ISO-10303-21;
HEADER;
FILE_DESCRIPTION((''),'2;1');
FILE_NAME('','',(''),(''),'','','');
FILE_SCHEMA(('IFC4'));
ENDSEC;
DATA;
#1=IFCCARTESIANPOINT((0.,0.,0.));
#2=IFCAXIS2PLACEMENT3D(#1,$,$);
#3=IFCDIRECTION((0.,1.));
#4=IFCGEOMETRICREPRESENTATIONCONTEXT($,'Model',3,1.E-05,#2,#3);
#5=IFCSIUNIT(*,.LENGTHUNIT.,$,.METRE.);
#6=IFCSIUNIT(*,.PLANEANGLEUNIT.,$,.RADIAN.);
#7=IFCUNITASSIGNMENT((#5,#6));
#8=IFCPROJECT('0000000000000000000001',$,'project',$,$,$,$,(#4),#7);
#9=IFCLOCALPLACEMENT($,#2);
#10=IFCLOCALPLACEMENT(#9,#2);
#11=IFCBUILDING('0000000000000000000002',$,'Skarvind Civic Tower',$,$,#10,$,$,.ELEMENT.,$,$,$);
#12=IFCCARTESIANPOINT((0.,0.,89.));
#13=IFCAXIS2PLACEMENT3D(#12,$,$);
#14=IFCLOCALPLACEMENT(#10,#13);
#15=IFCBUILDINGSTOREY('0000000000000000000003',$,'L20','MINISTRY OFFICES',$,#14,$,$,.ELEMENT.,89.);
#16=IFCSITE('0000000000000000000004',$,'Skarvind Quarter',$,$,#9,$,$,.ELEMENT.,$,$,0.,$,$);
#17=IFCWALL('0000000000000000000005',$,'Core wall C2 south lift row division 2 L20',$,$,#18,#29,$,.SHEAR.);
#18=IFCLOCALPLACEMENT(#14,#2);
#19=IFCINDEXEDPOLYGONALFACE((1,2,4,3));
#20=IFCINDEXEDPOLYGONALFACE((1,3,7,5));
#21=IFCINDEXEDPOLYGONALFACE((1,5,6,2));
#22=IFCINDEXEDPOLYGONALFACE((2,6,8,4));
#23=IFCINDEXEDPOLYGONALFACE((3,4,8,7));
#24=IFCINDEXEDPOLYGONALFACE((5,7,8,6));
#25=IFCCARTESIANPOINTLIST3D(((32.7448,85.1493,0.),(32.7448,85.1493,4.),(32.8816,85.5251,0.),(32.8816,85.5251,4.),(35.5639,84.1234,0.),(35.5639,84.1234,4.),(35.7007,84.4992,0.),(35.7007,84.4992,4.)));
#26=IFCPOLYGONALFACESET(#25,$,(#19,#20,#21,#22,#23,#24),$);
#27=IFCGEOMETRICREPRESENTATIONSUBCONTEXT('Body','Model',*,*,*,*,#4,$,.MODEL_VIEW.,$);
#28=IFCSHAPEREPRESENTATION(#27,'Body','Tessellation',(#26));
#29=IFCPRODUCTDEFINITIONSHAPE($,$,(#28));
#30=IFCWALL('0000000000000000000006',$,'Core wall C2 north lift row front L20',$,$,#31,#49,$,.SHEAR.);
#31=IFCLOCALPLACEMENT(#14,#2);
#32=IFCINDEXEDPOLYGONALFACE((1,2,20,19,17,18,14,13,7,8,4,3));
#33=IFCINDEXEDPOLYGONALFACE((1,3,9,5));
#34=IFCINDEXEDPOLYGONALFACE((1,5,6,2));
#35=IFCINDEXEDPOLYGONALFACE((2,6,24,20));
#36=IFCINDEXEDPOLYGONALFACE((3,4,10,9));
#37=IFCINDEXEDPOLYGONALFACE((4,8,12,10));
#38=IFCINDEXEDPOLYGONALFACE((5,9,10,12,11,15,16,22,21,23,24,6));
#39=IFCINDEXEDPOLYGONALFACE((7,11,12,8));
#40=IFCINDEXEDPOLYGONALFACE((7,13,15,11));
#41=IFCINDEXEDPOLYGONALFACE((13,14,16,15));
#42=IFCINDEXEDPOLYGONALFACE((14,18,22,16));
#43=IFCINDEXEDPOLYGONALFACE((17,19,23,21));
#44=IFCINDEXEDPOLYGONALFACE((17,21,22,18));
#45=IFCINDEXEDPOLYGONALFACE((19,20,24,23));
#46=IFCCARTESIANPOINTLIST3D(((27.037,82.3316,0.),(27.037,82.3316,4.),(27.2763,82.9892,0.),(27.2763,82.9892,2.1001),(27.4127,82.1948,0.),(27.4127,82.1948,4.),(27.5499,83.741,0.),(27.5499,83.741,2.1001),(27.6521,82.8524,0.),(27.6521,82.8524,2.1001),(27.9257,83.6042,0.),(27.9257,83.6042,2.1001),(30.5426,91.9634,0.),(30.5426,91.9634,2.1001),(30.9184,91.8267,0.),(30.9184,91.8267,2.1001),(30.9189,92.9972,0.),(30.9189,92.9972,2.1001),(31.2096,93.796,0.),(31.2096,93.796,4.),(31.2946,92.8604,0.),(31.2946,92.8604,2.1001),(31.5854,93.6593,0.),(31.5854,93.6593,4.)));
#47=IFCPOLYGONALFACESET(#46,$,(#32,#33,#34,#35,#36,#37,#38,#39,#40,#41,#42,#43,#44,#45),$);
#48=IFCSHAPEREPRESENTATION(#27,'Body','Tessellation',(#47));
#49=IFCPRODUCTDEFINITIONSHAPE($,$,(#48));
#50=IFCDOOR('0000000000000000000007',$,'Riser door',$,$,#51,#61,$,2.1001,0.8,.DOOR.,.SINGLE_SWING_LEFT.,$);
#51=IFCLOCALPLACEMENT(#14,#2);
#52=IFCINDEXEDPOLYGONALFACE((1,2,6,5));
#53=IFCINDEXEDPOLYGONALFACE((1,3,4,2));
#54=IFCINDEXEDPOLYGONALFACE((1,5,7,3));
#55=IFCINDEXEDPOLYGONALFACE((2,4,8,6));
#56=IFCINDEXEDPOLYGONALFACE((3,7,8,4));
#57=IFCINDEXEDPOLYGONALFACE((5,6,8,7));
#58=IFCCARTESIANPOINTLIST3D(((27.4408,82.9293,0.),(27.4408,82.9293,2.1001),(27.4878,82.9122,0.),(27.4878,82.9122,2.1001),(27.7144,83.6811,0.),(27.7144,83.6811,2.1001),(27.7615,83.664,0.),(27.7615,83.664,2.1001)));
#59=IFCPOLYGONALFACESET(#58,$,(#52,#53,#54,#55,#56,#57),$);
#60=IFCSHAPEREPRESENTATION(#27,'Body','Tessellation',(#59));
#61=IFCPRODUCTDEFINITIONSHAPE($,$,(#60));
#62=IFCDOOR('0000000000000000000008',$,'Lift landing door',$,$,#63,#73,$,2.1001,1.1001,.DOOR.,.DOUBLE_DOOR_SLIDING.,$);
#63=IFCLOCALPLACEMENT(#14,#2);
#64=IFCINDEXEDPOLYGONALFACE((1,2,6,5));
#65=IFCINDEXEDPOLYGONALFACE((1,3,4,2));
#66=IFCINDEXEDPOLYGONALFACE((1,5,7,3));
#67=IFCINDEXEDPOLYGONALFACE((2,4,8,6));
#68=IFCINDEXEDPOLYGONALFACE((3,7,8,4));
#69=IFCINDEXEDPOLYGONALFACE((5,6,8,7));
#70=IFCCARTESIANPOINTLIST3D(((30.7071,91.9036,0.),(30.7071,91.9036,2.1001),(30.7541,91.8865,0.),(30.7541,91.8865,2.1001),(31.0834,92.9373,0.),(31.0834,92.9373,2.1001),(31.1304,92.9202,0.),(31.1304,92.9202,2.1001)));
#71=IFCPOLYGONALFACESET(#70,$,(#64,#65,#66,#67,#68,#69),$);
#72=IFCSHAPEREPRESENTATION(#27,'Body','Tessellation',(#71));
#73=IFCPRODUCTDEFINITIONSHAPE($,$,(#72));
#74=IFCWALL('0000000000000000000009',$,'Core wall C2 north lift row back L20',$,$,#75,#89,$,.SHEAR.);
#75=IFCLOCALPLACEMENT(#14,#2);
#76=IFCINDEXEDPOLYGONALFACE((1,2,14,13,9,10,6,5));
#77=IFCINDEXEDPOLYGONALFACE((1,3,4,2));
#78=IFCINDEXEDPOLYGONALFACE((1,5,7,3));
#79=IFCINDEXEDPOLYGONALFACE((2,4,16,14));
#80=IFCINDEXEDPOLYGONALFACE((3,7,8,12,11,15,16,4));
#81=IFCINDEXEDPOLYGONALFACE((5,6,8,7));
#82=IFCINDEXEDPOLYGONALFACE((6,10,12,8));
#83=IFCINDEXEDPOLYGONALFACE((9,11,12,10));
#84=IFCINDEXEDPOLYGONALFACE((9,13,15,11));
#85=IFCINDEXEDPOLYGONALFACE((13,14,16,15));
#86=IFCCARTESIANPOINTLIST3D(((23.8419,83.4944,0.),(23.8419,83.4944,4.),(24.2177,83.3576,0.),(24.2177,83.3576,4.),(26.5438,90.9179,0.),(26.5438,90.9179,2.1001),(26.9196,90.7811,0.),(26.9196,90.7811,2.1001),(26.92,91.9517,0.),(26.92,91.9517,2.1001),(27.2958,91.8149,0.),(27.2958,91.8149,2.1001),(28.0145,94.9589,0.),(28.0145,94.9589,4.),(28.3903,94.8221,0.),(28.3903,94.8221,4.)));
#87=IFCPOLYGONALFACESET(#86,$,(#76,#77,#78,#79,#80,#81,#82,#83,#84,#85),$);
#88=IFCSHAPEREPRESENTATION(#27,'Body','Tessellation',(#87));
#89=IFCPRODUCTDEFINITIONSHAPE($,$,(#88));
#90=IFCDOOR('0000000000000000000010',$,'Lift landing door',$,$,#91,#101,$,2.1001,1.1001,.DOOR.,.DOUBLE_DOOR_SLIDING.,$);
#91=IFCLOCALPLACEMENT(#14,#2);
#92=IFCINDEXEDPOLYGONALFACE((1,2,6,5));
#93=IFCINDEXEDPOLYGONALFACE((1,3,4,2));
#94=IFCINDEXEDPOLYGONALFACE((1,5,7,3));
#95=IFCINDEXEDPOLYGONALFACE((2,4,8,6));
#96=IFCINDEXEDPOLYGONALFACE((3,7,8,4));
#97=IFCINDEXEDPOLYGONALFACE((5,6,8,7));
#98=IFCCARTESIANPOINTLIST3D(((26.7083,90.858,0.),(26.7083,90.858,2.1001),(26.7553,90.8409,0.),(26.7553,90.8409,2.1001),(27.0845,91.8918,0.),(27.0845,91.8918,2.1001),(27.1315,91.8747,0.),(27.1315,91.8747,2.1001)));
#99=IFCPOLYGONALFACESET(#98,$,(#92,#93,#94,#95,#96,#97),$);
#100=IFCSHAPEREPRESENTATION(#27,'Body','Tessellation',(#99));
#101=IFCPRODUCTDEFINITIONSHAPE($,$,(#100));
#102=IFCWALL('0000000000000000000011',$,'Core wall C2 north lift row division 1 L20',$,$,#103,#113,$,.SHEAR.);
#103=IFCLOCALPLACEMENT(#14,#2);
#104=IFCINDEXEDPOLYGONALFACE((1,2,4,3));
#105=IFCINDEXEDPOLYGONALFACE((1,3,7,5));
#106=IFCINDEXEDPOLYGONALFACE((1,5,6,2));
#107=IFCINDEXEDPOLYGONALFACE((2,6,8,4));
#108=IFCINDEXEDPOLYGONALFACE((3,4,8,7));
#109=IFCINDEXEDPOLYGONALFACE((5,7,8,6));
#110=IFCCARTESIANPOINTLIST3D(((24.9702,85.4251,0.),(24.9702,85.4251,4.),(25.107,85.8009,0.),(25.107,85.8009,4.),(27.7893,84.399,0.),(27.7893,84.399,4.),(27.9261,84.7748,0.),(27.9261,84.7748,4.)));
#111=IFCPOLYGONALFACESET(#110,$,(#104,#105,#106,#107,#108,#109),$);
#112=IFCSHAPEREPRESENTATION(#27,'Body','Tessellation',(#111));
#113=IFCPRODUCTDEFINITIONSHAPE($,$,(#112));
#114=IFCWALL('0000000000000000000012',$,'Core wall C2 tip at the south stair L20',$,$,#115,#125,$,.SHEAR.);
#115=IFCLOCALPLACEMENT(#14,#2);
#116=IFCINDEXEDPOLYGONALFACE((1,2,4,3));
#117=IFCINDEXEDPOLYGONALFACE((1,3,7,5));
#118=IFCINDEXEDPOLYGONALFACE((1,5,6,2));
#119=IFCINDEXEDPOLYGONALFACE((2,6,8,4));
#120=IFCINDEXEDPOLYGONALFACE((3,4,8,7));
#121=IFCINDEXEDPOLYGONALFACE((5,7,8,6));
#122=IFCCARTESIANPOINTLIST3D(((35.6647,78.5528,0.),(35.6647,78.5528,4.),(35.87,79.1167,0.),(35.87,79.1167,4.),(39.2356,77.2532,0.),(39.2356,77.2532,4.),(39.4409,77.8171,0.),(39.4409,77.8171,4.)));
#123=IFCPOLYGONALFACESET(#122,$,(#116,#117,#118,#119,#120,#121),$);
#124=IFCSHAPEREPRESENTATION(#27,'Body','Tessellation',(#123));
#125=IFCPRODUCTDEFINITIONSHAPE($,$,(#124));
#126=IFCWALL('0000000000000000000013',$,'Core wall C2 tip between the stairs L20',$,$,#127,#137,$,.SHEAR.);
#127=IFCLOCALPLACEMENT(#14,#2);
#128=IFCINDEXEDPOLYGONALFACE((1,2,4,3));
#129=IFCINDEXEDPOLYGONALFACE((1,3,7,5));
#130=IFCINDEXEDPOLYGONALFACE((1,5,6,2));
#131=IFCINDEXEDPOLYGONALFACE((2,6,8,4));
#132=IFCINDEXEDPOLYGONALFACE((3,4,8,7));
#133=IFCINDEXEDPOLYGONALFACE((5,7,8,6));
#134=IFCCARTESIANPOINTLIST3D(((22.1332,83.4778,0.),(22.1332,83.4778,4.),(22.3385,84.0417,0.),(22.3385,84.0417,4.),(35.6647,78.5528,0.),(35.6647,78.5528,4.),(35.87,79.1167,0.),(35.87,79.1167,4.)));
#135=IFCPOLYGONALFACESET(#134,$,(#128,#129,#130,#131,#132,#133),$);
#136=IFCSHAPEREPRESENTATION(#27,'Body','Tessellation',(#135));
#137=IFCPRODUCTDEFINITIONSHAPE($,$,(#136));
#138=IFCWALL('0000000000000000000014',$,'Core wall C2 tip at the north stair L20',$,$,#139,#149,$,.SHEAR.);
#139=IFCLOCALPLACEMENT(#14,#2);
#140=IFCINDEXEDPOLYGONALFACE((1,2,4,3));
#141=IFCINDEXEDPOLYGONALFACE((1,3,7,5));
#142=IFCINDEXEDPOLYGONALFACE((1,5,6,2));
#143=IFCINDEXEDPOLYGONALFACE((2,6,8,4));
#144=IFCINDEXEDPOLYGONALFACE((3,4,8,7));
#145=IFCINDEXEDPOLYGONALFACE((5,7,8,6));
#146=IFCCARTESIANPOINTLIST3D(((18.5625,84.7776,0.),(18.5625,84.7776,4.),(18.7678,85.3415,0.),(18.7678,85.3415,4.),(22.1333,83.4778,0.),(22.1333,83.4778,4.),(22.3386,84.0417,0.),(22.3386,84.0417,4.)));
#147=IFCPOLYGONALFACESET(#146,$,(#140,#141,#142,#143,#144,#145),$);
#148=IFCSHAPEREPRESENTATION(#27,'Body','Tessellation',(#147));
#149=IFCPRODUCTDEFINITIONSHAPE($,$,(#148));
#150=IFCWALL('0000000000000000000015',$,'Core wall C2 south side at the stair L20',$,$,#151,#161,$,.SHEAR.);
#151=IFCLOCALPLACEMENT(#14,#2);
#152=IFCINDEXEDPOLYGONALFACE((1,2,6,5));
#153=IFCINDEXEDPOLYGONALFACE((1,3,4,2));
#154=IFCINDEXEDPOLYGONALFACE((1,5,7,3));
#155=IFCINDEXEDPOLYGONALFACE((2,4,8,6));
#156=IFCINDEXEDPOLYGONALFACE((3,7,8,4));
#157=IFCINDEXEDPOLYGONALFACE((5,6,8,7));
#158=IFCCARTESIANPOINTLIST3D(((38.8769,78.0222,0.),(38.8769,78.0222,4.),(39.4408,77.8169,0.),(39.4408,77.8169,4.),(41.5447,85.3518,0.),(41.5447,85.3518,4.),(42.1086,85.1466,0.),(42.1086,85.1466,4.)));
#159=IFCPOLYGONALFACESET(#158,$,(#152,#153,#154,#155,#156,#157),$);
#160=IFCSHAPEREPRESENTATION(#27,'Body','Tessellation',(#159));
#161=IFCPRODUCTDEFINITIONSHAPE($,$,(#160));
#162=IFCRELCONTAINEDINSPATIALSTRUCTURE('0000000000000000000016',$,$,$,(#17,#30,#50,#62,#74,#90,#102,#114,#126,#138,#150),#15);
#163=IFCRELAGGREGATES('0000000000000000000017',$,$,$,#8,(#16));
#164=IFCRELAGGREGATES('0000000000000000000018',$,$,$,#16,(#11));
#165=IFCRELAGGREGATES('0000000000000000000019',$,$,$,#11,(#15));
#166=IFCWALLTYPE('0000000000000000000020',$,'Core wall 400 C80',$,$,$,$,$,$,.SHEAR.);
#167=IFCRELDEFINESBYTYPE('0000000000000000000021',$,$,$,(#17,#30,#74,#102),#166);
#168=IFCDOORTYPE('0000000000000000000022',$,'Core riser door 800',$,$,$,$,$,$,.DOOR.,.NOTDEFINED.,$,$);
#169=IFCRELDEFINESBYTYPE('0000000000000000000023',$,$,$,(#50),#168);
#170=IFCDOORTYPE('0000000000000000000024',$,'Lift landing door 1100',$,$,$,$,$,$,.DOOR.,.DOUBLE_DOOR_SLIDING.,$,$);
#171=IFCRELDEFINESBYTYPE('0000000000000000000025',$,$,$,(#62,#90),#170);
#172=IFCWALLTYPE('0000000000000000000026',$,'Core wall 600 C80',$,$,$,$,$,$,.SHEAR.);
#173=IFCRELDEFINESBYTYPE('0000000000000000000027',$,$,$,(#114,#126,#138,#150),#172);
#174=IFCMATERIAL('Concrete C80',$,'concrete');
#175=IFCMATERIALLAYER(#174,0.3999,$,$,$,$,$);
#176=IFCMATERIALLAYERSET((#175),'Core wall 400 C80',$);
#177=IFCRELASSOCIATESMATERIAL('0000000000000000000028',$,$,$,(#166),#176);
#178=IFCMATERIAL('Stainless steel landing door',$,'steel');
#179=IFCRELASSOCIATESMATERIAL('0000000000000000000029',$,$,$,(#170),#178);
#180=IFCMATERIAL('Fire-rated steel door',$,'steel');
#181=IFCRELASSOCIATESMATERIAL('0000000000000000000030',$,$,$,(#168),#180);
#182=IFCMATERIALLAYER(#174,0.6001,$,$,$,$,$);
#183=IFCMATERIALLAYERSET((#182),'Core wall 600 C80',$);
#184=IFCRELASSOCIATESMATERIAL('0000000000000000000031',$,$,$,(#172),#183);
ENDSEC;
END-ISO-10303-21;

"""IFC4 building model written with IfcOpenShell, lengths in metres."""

from ifc_helpers import new_model, si_unit, direction, frame, frame_2d, origin, place, context, subcontext, project, spatial, rectangle, extrude, material, layer, layer_set, type_object, element, fill, save


model = new_model("IFC4")

# Units and contexts
model_context = context("Model", 3, precision=1e-05, world=origin(), true_north=direction((0.0, 1.0)))
body_context = subcontext(model_context, "Body", "Model", "MODEL_VIEW")
ifc_project = project(units=[si_unit("LENGTHUNIT", "METRE"), si_unit("PLANEANGLEUNIT", "RADIAN")], contexts=[model_context])

# Site, building, storey
site_placement = place(None, origin())
site = spatial("IfcSite", under=ifc_project, at=site_placement, Name="Skarvind Quarter", CompositionType="ELEMENT", RefElevation=0.0)
building_placement = place(site_placement, origin())
building = spatial("IfcBuilding", under=site, at=building_placement, Name="Skarvind Civic Tower", CompositionType="ELEMENT")
storey_placement = place(building_placement, frame((0.0, 0.0, 89.0)))
storey = spatial("IfcBuildingStorey", under=building, at=storey_placement, Name="L20", Description="MINISTRY OFFICES", CompositionType="ELEMENT", Elevation=89.0)

# Shared definitions
ifc_material_1 = material(Name="Concrete C80", Category="concrete")
ifc_layer_1 = layer(ifc_material_1, 0.3999)
ifc_layer_set_1 = layer_set([ifc_layer_1], Name="Core wall 400 C80")
wall_type_1 = type_object("IfcWallType", Name="Core wall 400 C80", PredefinedType="SHEAR", material=ifc_layer_set_1)

# Shared definitions
ifc_material_2 = material(Name="Fire-rated steel door", Category="steel")

# Shared definitions
ifc_material_3 = material(Name="Stainless steel landing door", Category="steel")
door_type_1 = type_object("IfcDoorType", Name="Lift landing door 1100", OperationType="DOUBLE_DOOR_SLIDING", PredefinedType="DOOR", material=ifc_material_3)

# Wall
for number, where, z_axis, x_axis, name in (
    (1, (35.6323, 84.3113, 0.0), (0.0, 0.0, 1.0), (-0.939713, 0.341965, 0.0), "Core wall C2 south lift row division 2 L20"),
):
    element("IfcWall", number, at=place(storey_placement, frame(where, z_axis=z_axis, x_axis=x_axis)), inside=storey, type_object=wall_type_1, Name=name, PredefinedType="SHEAR", context=body_context, shape_type="SweptSolid", body=[
        extrude(rectangle(XDim=3.0, YDim=0.3999, at=frame_2d((1.5, 0.0))), origin(), (0.0, 0.0, 1.0), 4.0),
    ])

# Wall, openings, doors
wall_1_placement = place(storey_placement, frame((27.2249, 82.2632, 0.0), z_axis=(0.0, 0.0, 1.0), x_axis=(0.342015, 0.939695, 0.0)))
wall_1 = element("IfcWall", 2, at=wall_1_placement, inside=storey, type_object=wall_type_1, Name="Core wall C2 north lift row front L20", PredefinedType="SHEAR", context=body_context, shape_type="SweptSolid", body=[
    extrude(rectangle(XDim=12.2002, YDim=0.3999, at=frame_2d((6.1001, 0.0))), origin(), (0.0, 0.0, 1.0), 4.0),
])
opening_1_placement = place(wall_1_placement, frame((10.25, 0.0, 0.0)))
opening_1 = element("IfcOpeningElement", 3, at=opening_1_placement, cuts=wall_1, PredefinedType="OPENING", context=body_context, shape_type="SweptSolid", body=[
    extrude(rectangle(XDim=1.1001, YDim=2.1001, at=frame_2d((0.55, 1.05))), frame((0.0, 0.21, 0.0), z_axis=(0.0, -1.0, 0.0), x_axis=(1.0, 0.0, 0.0)), (0.0, 0.0, 1.0), 0.4199),
])
opening_2_placement = place(wall_1_placement, frame((0.7, 0.0, 0.0)))
opening_2 = element("IfcOpeningElement", 4, at=opening_2_placement, cuts=wall_1, PredefinedType="OPENING", context=body_context, shape_type="SweptSolid", body=[
    extrude(rectangle(XDim=0.8, YDim=2.1001, at=frame_2d((0.3999, 1.05))), frame((0.0, 0.21, 0.0), z_axis=(0.0, -1.0, 0.0), x_axis=(1.0, 0.0, 0.0)), (0.0, 0.0, 1.0), 0.4199),
])
door_type_2 = type_object("IfcDoorType", Name="Core riser door 800", OperationType="NOTDEFINED", PredefinedType="DOOR", material=ifc_material_2)
door_1_placement = place(opening_2_placement, origin())
door_1 = element("IfcDoor", 5, at=door_1_placement, inside=storey, type_object=door_type_2, Name="Riser door", OperationType="SINGLE_SWING_LEFT", OverallHeight=2.1001, OverallWidth=0.8, PredefinedType="DOOR", context=body_context, shape_type="SweptSolid", body=[
    extrude(rectangle(XDim=0.8, YDim=2.1001, at=frame_2d((0.3999, 1.05))), frame((0.0, 0.0249, 0.0), z_axis=(0.0, -1.0, 0.0), x_axis=(1.0, 0.0, 0.0)), (0.0, 0.0, 1.0), 0.05),
])
fill(opening_2, door_1)
door_2_placement = place(opening_1_placement, origin())
door_2 = element("IfcDoor", 6, at=door_2_placement, inside=storey, type_object=door_type_1, Name="Lift landing door", OperationType="DOUBLE_DOOR_SLIDING", OverallHeight=2.1001, OverallWidth=1.1001, PredefinedType="DOOR", context=body_context, shape_type="SweptSolid", body=[
    extrude(rectangle(XDim=1.1001, YDim=2.1001, at=frame_2d((0.55, 1.05))), frame((0.0, 0.0249, 0.0), z_axis=(0.0, -1.0, 0.0), x_axis=(1.0, 0.0, 0.0)), (0.0, 0.0, 1.0), 0.05),
])
fill(opening_1, door_2)

# Wall, opening, door
wall_2_placement = place(storey_placement, frame((24.0298, 83.426, 0.0), z_axis=(0.0, 0.0, 1.0), x_axis=(0.342015, 0.939695, 0.0)))
wall_2 = element("IfcWall", 7, at=wall_2_placement, inside=storey, type_object=wall_type_1, Name="Core wall C2 north lift row back L20", PredefinedType="SHEAR", context=body_context, shape_type="SweptSolid", body=[
    extrude(rectangle(XDim=12.2002, YDim=0.3999, at=frame_2d((6.1001, 0.0))), origin(), (0.0, 0.0, 1.0), 4.0),
])
opening_3_placement = place(wall_2_placement, frame((7.8999, 0.0, 0.0)))
opening_3 = element("IfcOpeningElement", 8, at=opening_3_placement, cuts=wall_2, PredefinedType="OPENING", context=body_context, shape_type="SweptSolid", body=[
    extrude(rectangle(XDim=1.1001, YDim=2.1001, at=frame_2d((0.55, 1.05))), frame((0.0, 0.21, 0.0), z_axis=(0.0, -1.0, 0.0), x_axis=(1.0, 0.0, 0.0)), (0.0, 0.0, 1.0), 0.4199),
])
door_3_placement = place(opening_3_placement, origin())
door_3 = element("IfcDoor", 9, at=door_3_placement, inside=storey, type_object=door_type_1, Name="Lift landing door", OperationType="DOUBLE_DOOR_SLIDING", OverallHeight=2.1001, OverallWidth=1.1001, PredefinedType="DOOR", context=body_context, shape_type="SweptSolid", body=[
    extrude(rectangle(XDim=1.1001, YDim=2.1001, at=frame_2d((0.55, 1.05))), frame((0.0, 0.0249, 0.0), z_axis=(0.0, -1.0, 0.0), x_axis=(1.0, 0.0, 0.0)), (0.0, 0.0, 1.0), 0.05),
])
fill(opening_3, door_3)

# Walls
wall_3_placement = place(storey_placement, frame((27.8577, 84.5869, 0.0), z_axis=(0.0, 0.0, 1.0), x_axis=(-0.939686, 0.342037, 0.0)))
element("IfcWall", 10, at=wall_3_placement, inside=storey, type_object=wall_type_1, Name="Core wall C2 north lift row division 1 L20", PredefinedType="SHEAR", context=body_context, shape_type="SweptSolid", body=[
    extrude(rectangle(XDim=3.0, YDim=0.3999, at=frame_2d((1.5, 0.0))), origin(), (0.0, 0.0, 1.0), 4.0),
])
ifc_layer_2 = layer(ifc_material_1, 0.6001)
ifc_layer_set_2 = layer_set([ifc_layer_2], Name="Core wall 600 C80")
wall_type_2 = type_object("IfcWallType", Name="Core wall 600 C80", PredefinedType="SHEAR", material=ifc_layer_set_2)
wall_4_placement = place(storey_placement, frame((39.3381, 77.5352, 0.0), z_axis=(0.0, 0.0, 1.0), x_axis=(-0.939701, 0.341996, 0.0)))
element("IfcWall", 11, at=wall_4_placement, inside=storey, type_object=wall_type_2, Name="Core wall C2 tip at the south stair L20", PredefinedType="SHEAR", context=body_context, shape_type="SweptSolid", body=[
    extrude(rectangle(XDim=3.8, YDim=0.6001, at=frame_2d((1.8999, 0.0))), origin(), (0.0, 0.0, 1.0), 4.0),
])
wall_5_placement = place(storey_placement, frame((35.7673, 78.8347, 0.0), z_axis=(0.0, 0.0, 1.0), x_axis=(-0.939693, 0.342019, 0.0)))
element("IfcWall", 12, at=wall_5_placement, inside=storey, type_object=wall_type_2, Name="Core wall C2 tip between the stairs L20", PredefinedType="SHEAR", context=body_context, shape_type="SweptSolid", body=[
    extrude(rectangle(XDim=14.3999, YDim=0.6001, at=frame_2d((7.2, 0.0))), origin(), (0.0, 0.0, 1.0), 4.0),
])
wall_6_placement = place(storey_placement, frame((22.2358, 83.7598, 0.0), z_axis=(0.0, 0.0, 1.0), x_axis=(-0.939681, 0.342053, 0.0)))
element("IfcWall", 13, at=wall_6_placement, inside=storey, type_object=wall_type_2, Name="Core wall C2 tip at the north stair L20", PredefinedType="SHEAR", context=body_context, shape_type="SweptSolid", body=[
    extrude(rectangle(XDim=3.8, YDim=0.6001, at=frame_2d((1.8999, 0.0))), origin(), (0.0, 0.0, 1.0), 4.0),
])
wall_7_placement = place(storey_placement, frame((39.1589, 77.9197, 0.0), z_axis=(0.0, 0.0, 1.0), x_axis=(0.342017, 0.939694, 0.0)))
element("IfcWall", 14, at=wall_7_placement, inside=storey, type_object=wall_type_2, Name="Core wall C2 south side at the stair L20", PredefinedType="SHEAR", context=body_context, shape_type="SweptSolid", body=[
    extrude(rectangle(XDim=7.8, YDim=0.6001, at=frame_2d((3.8999, 0.0))), origin(), (0.0, 0.0, 1.0), 4.0),
])

save(model, "model.ifc")
